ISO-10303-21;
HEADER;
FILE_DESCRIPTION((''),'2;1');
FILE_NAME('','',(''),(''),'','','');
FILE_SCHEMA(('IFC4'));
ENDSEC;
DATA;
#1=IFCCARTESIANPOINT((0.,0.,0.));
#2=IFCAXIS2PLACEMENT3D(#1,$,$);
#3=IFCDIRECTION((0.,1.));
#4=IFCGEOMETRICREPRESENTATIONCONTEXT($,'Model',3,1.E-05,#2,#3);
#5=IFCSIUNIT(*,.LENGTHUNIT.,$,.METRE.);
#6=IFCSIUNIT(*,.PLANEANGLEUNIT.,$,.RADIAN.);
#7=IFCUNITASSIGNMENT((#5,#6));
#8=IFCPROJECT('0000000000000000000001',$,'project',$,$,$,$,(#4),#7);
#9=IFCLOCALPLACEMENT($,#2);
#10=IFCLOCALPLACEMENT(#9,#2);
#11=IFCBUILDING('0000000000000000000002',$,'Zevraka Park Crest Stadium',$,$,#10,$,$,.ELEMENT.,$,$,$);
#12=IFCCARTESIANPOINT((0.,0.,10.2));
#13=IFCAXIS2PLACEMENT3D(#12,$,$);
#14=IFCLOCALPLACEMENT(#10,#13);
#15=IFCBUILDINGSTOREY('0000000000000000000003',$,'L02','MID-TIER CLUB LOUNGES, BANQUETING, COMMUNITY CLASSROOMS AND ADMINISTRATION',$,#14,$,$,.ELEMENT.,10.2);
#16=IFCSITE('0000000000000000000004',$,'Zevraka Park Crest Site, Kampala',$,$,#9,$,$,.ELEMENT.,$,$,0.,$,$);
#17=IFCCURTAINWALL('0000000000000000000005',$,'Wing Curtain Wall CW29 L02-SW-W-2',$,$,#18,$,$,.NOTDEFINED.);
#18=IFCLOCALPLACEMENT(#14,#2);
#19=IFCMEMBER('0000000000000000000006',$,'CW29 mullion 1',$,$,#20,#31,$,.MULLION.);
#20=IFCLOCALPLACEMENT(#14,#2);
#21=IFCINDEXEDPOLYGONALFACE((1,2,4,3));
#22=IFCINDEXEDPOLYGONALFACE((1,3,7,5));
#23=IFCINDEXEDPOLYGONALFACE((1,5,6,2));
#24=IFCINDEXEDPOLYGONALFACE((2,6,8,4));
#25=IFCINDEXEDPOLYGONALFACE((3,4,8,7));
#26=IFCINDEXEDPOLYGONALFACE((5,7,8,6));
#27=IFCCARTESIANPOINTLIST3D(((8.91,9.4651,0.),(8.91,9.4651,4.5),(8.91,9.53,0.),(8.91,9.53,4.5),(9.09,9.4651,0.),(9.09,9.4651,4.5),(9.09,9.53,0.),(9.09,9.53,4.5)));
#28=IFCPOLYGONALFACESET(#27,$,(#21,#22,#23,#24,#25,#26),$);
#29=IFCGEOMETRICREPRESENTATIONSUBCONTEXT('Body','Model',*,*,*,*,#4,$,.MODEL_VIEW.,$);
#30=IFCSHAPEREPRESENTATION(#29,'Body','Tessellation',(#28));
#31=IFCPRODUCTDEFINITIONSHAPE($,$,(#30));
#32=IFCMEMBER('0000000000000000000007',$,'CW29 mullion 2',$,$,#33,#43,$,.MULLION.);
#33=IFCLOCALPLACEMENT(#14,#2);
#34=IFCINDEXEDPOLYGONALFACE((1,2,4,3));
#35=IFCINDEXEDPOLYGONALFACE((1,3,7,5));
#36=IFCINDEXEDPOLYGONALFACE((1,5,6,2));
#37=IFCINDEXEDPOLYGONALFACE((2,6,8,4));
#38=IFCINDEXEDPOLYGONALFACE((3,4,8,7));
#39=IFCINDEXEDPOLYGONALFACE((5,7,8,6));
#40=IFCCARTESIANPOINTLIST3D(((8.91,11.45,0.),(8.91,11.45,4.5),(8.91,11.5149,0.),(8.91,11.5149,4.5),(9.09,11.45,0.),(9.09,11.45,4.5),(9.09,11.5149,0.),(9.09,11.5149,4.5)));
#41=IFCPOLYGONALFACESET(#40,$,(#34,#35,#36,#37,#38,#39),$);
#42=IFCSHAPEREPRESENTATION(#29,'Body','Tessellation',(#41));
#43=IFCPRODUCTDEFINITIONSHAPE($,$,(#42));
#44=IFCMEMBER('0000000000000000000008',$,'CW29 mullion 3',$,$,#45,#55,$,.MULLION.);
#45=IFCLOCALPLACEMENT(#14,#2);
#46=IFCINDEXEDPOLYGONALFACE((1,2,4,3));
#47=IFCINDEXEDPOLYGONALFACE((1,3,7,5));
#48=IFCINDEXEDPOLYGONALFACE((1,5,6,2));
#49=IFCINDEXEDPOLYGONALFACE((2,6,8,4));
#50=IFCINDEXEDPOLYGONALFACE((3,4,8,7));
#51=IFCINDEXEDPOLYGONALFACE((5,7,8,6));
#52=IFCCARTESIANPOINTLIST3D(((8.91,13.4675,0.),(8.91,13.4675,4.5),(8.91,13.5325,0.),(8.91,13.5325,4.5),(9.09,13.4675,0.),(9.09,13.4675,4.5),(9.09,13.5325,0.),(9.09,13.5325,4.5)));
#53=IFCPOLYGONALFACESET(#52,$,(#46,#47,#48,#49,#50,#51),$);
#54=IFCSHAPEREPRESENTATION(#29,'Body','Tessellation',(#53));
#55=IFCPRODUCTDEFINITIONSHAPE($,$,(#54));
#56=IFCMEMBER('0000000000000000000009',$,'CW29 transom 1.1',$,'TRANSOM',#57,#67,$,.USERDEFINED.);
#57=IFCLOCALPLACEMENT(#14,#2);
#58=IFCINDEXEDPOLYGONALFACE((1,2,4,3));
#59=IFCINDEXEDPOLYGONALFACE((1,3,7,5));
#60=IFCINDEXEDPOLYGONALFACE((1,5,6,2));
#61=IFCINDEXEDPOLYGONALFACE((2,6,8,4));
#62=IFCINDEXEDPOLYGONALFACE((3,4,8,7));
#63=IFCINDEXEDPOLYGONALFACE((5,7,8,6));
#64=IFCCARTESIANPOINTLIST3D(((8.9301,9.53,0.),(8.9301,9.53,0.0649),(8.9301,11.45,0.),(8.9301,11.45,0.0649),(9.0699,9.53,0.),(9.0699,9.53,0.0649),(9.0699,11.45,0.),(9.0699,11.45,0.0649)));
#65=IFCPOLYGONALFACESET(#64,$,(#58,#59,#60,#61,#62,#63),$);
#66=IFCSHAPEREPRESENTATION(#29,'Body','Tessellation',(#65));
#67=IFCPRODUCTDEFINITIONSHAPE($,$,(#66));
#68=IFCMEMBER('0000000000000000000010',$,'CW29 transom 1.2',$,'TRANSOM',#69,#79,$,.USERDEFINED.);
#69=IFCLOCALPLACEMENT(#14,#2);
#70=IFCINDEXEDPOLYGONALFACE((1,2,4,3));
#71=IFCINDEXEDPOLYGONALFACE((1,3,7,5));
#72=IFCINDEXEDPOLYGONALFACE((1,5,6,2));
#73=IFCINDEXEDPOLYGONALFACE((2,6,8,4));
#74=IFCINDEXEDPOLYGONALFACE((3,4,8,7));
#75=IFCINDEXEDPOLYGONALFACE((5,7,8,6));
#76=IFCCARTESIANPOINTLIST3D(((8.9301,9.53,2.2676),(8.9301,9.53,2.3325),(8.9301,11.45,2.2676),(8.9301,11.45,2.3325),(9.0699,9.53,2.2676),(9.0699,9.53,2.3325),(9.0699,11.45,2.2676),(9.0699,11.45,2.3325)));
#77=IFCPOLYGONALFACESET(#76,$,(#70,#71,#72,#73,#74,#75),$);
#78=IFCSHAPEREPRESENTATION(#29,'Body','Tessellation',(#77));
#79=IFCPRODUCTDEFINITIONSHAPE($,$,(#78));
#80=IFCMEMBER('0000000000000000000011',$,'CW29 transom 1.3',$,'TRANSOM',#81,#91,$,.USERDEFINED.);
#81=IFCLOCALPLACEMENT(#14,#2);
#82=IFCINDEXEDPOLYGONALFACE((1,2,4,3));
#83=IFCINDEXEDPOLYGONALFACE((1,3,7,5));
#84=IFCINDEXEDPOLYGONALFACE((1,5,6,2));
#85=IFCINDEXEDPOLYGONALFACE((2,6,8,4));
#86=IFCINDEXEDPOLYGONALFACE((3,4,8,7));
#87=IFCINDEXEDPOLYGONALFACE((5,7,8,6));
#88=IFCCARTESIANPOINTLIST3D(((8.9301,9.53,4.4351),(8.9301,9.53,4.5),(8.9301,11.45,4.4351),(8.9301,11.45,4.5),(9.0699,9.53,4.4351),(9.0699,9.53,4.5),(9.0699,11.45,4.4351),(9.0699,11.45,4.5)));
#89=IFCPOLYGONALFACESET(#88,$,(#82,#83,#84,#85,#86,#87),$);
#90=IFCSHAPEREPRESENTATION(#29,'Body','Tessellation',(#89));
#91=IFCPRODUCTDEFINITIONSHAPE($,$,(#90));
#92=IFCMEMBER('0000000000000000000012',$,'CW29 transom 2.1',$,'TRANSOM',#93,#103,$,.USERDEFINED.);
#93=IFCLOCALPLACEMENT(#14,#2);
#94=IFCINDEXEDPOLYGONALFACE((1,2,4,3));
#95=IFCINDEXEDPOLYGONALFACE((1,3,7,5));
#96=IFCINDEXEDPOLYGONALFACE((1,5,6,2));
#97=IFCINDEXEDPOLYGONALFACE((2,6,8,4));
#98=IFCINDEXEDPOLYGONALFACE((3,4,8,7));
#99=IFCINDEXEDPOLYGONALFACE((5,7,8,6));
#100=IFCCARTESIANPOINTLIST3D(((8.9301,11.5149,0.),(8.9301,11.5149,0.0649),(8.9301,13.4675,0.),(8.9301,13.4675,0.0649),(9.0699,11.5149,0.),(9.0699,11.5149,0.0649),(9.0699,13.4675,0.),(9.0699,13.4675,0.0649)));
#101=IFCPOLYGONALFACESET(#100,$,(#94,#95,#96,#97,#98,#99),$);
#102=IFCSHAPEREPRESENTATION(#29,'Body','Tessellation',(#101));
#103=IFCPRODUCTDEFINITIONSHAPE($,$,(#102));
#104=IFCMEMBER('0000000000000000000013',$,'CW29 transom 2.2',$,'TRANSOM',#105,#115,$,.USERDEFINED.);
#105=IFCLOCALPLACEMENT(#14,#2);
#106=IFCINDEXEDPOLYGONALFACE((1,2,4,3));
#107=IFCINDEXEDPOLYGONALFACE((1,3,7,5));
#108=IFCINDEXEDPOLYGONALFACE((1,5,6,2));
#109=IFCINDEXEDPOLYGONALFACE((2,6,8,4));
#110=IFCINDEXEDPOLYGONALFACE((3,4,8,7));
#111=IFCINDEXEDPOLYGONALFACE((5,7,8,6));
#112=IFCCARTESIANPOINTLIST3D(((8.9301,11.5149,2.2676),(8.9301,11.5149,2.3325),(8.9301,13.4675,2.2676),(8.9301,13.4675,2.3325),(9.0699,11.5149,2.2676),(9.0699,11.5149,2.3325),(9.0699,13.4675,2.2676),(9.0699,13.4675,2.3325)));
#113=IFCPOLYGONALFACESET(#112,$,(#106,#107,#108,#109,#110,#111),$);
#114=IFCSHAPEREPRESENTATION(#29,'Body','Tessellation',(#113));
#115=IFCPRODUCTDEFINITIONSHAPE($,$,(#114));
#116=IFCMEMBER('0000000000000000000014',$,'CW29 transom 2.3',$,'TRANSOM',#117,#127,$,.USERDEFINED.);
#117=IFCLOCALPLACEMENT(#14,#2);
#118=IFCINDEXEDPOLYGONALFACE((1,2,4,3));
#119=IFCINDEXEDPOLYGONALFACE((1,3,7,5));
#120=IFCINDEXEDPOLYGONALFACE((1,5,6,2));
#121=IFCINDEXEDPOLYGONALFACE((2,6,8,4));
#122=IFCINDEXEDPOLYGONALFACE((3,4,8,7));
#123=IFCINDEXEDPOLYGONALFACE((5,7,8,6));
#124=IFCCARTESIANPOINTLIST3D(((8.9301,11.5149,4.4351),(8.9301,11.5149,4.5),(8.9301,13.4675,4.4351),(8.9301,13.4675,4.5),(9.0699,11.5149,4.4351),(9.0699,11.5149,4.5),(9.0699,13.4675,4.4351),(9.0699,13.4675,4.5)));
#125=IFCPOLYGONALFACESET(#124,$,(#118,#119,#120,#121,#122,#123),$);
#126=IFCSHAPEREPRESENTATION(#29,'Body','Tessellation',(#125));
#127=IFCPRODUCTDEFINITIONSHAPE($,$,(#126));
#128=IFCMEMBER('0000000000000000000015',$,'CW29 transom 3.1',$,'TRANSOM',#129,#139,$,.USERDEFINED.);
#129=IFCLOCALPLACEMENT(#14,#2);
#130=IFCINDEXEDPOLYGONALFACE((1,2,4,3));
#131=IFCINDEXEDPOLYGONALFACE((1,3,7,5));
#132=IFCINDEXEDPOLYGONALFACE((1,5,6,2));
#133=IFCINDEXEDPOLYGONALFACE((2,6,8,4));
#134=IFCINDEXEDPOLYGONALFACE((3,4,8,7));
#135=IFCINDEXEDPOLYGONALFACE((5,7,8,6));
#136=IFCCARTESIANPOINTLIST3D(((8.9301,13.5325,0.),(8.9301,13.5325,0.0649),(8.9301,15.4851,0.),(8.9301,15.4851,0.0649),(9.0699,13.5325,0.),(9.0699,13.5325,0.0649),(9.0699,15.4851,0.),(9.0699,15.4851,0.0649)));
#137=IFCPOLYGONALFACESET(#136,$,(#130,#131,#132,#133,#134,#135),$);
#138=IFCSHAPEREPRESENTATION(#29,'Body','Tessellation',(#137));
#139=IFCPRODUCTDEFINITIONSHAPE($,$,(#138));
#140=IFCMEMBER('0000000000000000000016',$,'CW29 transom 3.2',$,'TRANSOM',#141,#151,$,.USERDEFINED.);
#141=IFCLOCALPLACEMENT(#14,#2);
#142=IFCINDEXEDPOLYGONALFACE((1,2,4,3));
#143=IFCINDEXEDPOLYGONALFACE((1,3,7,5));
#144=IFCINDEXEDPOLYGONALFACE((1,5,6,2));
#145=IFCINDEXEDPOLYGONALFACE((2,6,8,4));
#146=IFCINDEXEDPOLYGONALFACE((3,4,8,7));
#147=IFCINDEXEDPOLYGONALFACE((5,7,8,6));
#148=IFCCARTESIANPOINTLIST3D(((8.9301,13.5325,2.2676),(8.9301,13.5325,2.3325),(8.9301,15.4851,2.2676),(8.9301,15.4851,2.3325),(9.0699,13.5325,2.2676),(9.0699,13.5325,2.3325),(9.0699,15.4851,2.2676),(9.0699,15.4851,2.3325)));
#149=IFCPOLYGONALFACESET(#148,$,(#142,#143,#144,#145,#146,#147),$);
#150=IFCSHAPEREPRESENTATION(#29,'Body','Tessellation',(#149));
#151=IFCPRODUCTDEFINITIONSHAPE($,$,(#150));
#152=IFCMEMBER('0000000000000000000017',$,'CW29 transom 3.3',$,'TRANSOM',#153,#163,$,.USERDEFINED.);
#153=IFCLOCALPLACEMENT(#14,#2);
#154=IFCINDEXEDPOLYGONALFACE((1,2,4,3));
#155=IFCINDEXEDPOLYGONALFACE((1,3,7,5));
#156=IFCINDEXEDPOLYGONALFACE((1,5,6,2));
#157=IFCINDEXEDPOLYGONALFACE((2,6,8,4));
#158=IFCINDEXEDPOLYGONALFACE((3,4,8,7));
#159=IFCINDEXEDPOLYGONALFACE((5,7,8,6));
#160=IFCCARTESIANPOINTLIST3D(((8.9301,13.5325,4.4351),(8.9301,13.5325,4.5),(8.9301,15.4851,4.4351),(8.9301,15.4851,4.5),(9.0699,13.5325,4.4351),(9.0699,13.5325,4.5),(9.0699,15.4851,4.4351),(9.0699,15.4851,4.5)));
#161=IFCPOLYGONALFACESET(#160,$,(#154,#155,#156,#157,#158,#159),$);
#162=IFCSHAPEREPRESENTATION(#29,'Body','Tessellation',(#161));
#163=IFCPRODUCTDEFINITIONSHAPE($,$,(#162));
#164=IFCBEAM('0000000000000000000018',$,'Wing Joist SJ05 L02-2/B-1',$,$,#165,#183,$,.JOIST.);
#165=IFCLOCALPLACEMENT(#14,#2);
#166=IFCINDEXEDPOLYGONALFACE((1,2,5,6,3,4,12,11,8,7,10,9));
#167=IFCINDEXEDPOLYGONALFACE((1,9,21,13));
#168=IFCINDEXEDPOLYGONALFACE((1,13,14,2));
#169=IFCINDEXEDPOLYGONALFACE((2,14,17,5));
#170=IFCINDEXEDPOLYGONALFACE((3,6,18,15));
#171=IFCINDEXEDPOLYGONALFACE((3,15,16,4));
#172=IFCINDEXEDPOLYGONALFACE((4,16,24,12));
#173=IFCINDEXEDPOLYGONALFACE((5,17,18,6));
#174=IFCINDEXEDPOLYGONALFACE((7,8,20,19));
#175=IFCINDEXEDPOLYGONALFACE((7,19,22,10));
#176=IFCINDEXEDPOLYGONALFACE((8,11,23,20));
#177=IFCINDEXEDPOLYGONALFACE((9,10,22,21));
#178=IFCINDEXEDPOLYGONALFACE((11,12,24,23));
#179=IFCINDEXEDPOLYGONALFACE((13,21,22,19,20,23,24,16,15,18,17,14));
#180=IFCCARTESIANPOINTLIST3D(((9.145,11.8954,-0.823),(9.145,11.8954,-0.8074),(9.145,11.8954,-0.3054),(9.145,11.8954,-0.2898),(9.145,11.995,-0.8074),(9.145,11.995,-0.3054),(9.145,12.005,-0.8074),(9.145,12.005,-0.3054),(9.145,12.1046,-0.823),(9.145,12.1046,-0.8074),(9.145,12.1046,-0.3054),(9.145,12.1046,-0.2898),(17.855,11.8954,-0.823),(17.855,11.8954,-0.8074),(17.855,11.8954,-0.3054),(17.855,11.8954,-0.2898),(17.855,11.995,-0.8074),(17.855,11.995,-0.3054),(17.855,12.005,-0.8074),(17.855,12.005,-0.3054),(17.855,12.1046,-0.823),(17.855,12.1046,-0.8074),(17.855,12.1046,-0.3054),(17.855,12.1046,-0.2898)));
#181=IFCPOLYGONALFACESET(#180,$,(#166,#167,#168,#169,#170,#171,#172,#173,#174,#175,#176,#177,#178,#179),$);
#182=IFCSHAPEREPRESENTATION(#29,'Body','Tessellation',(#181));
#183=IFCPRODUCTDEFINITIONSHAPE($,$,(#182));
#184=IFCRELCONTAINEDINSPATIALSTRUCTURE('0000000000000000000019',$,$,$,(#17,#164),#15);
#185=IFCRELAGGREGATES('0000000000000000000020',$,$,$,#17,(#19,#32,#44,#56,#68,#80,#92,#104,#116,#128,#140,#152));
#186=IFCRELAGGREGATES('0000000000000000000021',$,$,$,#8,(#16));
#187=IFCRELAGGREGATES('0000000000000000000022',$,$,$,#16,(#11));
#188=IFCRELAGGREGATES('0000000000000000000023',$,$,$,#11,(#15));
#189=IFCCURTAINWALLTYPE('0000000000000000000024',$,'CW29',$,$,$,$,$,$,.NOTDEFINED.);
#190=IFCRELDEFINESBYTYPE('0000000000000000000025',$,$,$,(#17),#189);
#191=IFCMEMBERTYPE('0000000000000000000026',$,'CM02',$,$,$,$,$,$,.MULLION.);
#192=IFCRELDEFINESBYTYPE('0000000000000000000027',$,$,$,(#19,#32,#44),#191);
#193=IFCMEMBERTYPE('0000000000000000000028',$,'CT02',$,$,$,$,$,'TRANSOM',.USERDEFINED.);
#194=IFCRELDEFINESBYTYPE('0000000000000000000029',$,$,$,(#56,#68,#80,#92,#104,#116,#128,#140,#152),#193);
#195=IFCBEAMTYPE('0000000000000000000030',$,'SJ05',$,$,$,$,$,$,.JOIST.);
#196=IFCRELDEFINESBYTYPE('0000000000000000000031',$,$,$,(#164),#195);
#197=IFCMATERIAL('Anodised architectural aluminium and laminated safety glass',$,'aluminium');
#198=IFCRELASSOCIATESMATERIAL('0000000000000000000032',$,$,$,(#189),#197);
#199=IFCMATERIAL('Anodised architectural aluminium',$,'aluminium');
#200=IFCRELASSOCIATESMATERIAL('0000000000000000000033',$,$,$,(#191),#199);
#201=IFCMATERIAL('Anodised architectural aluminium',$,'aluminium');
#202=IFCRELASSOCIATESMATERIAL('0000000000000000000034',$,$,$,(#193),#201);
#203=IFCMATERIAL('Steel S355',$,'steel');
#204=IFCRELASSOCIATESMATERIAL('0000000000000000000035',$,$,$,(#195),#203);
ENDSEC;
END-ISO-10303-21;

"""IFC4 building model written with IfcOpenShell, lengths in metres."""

from ifc_helpers import new_model, si_unit, direction, frame, origin, origin_2d, place, context, subcontext, project, spatial, rectangle, i_section, extrude, material, material_profile, profile_set, type_object, element, aggregate, save


model = new_model("IFC4")

# Units and contexts
model_context = context("Model", 3, precision=1e-05, world=origin(), true_north=direction((0.0, 1.0)))
body_context = subcontext(model_context, "Body", "Model", "MODEL_VIEW")
ifc_project = project(units=[si_unit("LENGTHUNIT", "METRE"), si_unit("PLANEANGLEUNIT", "RADIAN")], contexts=[model_context])

# Site, building, storey
site_placement = place(None, origin())
site = spatial("IfcSite", under=ifc_project, at=site_placement, Name="Zevraka Park Crest Site, Kampala", CompositionType="ELEMENT", RefElevation=0.0)
building_placement = place(site_placement, origin())
building = spatial("IfcBuilding", under=site, at=building_placement, Name="Zevraka Park Crest Stadium", CompositionType="ELEMENT")
storey_placement = place(building_placement, frame((0.0, 0.0, 10.2)))
storey = spatial("IfcBuildingStorey", under=building, at=storey_placement, Name="L02", Description="MID-TIER CLUB LOUNGES, BANQUETING, COMMUNITY CLASSROOMS AND ADMINISTRATION", CompositionType="ELEMENT", Elevation=10.2)

# Curtain wall, members
ifc_material_1 = material(Name="Anodised architectural aluminium and laminated safety glass", Category="aluminium")
curtain_wall_type = type_object("IfcCurtainWallType", Name="CW29", PredefinedType="NOTDEFINED", material=ifc_material_1)
curtain_wall_placement = place(storey_placement, origin())
curtain_wall = element("IfcCurtainWall", 1, at=curtain_wall_placement, inside=storey, type_object=curtain_wall_type, Name="Wing Curtain Wall CW29 L02-SW-W-2", PredefinedType="NOTDEFINED")
ifc_material_2 = material(Name="Anodised architectural aluminium", Category="aluminium")
ifc_material_profile_1 = material_profile(ifc_material_2, rectangle(XDim=0.1799, YDim=0.0649, at=origin_2d()), Name="ALU MULLION 180x65")
ifc_profile_set_1 = profile_set([ifc_material_profile_1], Name="Anodised architectural aluminium")
member_type_1 = type_object("IfcMemberType", Name="CM02", PredefinedType="MULLION", material=ifc_profile_set_1)
member_1_placement = place(storey_placement, frame((9.0, 9.4976, 0.0), z_axis=(0.0, 0.0, 1.0), x_axis=(-1.0, 0.0, 0.0)))
member_1 = element("IfcMember", 2, at=member_1_placement, type_object=member_type_1, Name="CW29 mullion 1", PredefinedType="MULLION", context=body_context, shape_type="SweptSolid", body=[
    extrude(rectangle(XDim=0.1799, YDim=0.0649, at=origin_2d()), origin(), (0.0, 0.0, 1.0), 4.5),
])
member_2_placement = place(storey_placement, frame((9.0, 11.4824, 0.0), z_axis=(0.0, 0.0, 1.0), x_axis=(-1.0, 0.0, 0.0)))
member_2 = element("IfcMember", 3, at=member_2_placement, type_object=member_type_1, Name="CW29 mullion 2", PredefinedType="MULLION", context=body_context, shape_type="SweptSolid", body=[
    extrude(rectangle(XDim=0.1799, YDim=0.0649, at=origin_2d()), origin(), (0.0, 0.0, 1.0), 4.5),
])
member_3_placement = place(storey_placement, frame((9.0, 13.5, 0.0), z_axis=(0.0, 0.0, 1.0), x_axis=(-1.0, 0.0, 0.0)))
member_3 = element("IfcMember", 4, at=member_3_placement, type_object=member_type_1, Name="CW29 mullion 3", PredefinedType="MULLION", context=body_context, shape_type="SweptSolid", body=[
    extrude(rectangle(XDim=0.1799, YDim=0.0649, at=origin_2d()), origin(), (0.0, 0.0, 1.0), 4.5),
])
ifc_material_3 = material(Name="Anodised architectural aluminium", Category="aluminium")
ifc_material_profile_2 = material_profile(ifc_material_3, rectangle(XDim=0.1399, YDim=0.0649, at=origin_2d()), Name="ALU TRANSOM 140x65")
ifc_profile_set_2 = profile_set([ifc_material_profile_2], Name="Anodised architectural aluminium")
member_type_2 = type_object("IfcMemberType", Name="CT02", ElementType="TRANSOM", PredefinedType="USERDEFINED", material=ifc_profile_set_2)
member_4_placement = place(storey_placement, frame((9.0, 9.53, 0.0325), z_axis=(0.0, 1.0, 0.0), x_axis=(-1.0, 0.0, 0.0)))
member_4 = element("IfcMember", 5, at=member_4_placement, type_object=member_type_2, Name="CW29 transom 1.1", ObjectType="TRANSOM", PredefinedType="USERDEFINED", context=body_context, shape_type="SweptSolid", body=[
    extrude(rectangle(XDim=0.1399, YDim=0.0649, at=origin_2d()), origin(), (0.0, 0.0, 1.0), 1.9199),
])
member_5_placement = place(storey_placement, frame((9.0, 9.53, 2.3), z_axis=(0.0, 1.0, 0.0), x_axis=(-1.0, 0.0, 0.0)))
member_5 = element("IfcMember", 6, at=member_5_placement, type_object=member_type_2, Name="CW29 transom 1.2", ObjectType="TRANSOM", PredefinedType="USERDEFINED", context=body_context, shape_type="SweptSolid", body=[
    extrude(rectangle(XDim=0.1399, YDim=0.0649, at=origin_2d()), origin(), (0.0, 0.0, 1.0), 1.9199),
])
member_6_placement = place(storey_placement, frame((9.0, 9.53, 4.4675), z_axis=(0.0, 1.0, 0.0), x_axis=(-1.0, 0.0, 0.0)))
member_6 = element("IfcMember", 7, at=member_6_placement, type_object=member_type_2, Name="CW29 transom 1.3", ObjectType="TRANSOM", PredefinedType="USERDEFINED", context=body_context, shape_type="SweptSolid", body=[
    extrude(rectangle(XDim=0.1399, YDim=0.0649, at=origin_2d()), origin(), (0.0, 0.0, 1.0), 1.9199),
])
member_7_placement = place(storey_placement, frame((9.0, 11.5149, 0.0325), z_axis=(0.0, 1.0, 0.0), x_axis=(-1.0, 0.0, 0.0)))
member_7 = element("IfcMember", 8, at=member_7_placement, type_object=member_type_2, Name="CW29 transom 2.1", ObjectType="TRANSOM", PredefinedType="USERDEFINED", context=body_context, shape_type="SweptSolid", body=[
    extrude(rectangle(XDim=0.1399, YDim=0.0649, at=origin_2d()), origin(), (0.0, 0.0, 1.0), 1.9526),
])
member_8_placement = place(storey_placement, frame((9.0, 11.5149, 2.3), z_axis=(0.0, 1.0, 0.0), x_axis=(-1.0, 0.0, 0.0)))
member_8 = element("IfcMember", 9, at=member_8_placement, type_object=member_type_2, Name="CW29 transom 2.2", ObjectType="TRANSOM", PredefinedType="USERDEFINED", context=body_context, shape_type="SweptSolid", body=[
    extrude(rectangle(XDim=0.1399, YDim=0.0649, at=origin_2d()), origin(), (0.0, 0.0, 1.0), 1.9526),
])
member_9_placement = place(storey_placement, frame((9.0, 11.5149, 4.4675), z_axis=(0.0, 1.0, 0.0), x_axis=(-1.0, 0.0, 0.0)))
member_9 = element("IfcMember", 10, at=member_9_placement, type_object=member_type_2, Name="CW29 transom 2.3", ObjectType="TRANSOM", PredefinedType="USERDEFINED", context=body_context, shape_type="SweptSolid", body=[
    extrude(rectangle(XDim=0.1399, YDim=0.0649, at=origin_2d()), origin(), (0.0, 0.0, 1.0), 1.9526),
])
member_10_placement = place(storey_placement, frame((9.0, 13.5325, 0.0325), z_axis=(0.0, 1.0, 0.0), x_axis=(-1.0, 0.0, 0.0)))
member_10 = element("IfcMember", 11, at=member_10_placement, type_object=member_type_2, Name="CW29 transom 3.1", ObjectType="TRANSOM", PredefinedType="USERDEFINED", context=body_context, shape_type="SweptSolid", body=[
    extrude(rectangle(XDim=0.1399, YDim=0.0649, at=origin_2d()), origin(), (0.0, 0.0, 1.0), 1.9526),
])
member_11_placement = place(storey_placement, frame((9.0, 13.5325, 2.3), z_axis=(0.0, 1.0, 0.0), x_axis=(-1.0, 0.0, 0.0)))
member_11 = element("IfcMember", 12, at=member_11_placement, type_object=member_type_2, Name="CW29 transom 3.2", ObjectType="TRANSOM", PredefinedType="USERDEFINED", context=body_context, shape_type="SweptSolid", body=[
    extrude(rectangle(XDim=0.1399, YDim=0.0649, at=origin_2d()), origin(), (0.0, 0.0, 1.0), 1.9526),
])
member_12_placement = place(storey_placement, frame((9.0, 13.5325, 4.4675), z_axis=(0.0, 1.0, 0.0), x_axis=(-1.0, 0.0, 0.0)))
member_12 = element("IfcMember", 13, at=member_12_placement, type_object=member_type_2, Name="CW29 transom 3.3", ObjectType="TRANSOM", PredefinedType="USERDEFINED", context=body_context, shape_type="SweptSolid", body=[
    extrude(rectangle(XDim=0.1399, YDim=0.0649, at=origin_2d()), origin(), (0.0, 0.0, 1.0), 1.9526),
])

# Beam
ifc_material_4 = material(Name="Steel S355", Category="steel")
ifc_material_profile_3 = material_profile(ifc_material_4, i_section(OverallWidth=0.2092, OverallDepth=0.5332, WebThickness=0.01, FlangeThickness=0.0156, at=origin_2d()), Name="UKB 533x210x92")
ifc_profile_set_3 = profile_set([ifc_material_profile_3], Name="Steel S355")
beam_type = type_object("IfcBeamType", Name="SJ05", PredefinedType="JOIST", material=ifc_profile_set_3)
for number, where, z_axis, x_axis, name in (
    (14, (9.145, 12.0, -0.5564), (1.0, 0.0, 0.0), (0.0, 1.0, 0.0), "Wing Joist SJ05 L02-2/B-1"),
):
    element("IfcBeam", number, at=place(storey_placement, frame(where, z_axis=z_axis, x_axis=x_axis)), inside=storey, type_object=beam_type, Name=name, PredefinedType="JOIST", context=body_context, shape_type="SweptSolid", body=[
        extrude(i_section(OverallWidth=0.2092, OverallDepth=0.5332, WebThickness=0.01, FlangeThickness=0.0156, at=origin_2d()), origin(), (0.0, 0.0, 1.0), 8.71),
    ])

aggregate(curtain_wall, [member_1, member_2, member_3, member_4, member_5, member_6, member_7, member_8, member_9, member_10, member_11, member_12])

save(model, "model.ifc")
